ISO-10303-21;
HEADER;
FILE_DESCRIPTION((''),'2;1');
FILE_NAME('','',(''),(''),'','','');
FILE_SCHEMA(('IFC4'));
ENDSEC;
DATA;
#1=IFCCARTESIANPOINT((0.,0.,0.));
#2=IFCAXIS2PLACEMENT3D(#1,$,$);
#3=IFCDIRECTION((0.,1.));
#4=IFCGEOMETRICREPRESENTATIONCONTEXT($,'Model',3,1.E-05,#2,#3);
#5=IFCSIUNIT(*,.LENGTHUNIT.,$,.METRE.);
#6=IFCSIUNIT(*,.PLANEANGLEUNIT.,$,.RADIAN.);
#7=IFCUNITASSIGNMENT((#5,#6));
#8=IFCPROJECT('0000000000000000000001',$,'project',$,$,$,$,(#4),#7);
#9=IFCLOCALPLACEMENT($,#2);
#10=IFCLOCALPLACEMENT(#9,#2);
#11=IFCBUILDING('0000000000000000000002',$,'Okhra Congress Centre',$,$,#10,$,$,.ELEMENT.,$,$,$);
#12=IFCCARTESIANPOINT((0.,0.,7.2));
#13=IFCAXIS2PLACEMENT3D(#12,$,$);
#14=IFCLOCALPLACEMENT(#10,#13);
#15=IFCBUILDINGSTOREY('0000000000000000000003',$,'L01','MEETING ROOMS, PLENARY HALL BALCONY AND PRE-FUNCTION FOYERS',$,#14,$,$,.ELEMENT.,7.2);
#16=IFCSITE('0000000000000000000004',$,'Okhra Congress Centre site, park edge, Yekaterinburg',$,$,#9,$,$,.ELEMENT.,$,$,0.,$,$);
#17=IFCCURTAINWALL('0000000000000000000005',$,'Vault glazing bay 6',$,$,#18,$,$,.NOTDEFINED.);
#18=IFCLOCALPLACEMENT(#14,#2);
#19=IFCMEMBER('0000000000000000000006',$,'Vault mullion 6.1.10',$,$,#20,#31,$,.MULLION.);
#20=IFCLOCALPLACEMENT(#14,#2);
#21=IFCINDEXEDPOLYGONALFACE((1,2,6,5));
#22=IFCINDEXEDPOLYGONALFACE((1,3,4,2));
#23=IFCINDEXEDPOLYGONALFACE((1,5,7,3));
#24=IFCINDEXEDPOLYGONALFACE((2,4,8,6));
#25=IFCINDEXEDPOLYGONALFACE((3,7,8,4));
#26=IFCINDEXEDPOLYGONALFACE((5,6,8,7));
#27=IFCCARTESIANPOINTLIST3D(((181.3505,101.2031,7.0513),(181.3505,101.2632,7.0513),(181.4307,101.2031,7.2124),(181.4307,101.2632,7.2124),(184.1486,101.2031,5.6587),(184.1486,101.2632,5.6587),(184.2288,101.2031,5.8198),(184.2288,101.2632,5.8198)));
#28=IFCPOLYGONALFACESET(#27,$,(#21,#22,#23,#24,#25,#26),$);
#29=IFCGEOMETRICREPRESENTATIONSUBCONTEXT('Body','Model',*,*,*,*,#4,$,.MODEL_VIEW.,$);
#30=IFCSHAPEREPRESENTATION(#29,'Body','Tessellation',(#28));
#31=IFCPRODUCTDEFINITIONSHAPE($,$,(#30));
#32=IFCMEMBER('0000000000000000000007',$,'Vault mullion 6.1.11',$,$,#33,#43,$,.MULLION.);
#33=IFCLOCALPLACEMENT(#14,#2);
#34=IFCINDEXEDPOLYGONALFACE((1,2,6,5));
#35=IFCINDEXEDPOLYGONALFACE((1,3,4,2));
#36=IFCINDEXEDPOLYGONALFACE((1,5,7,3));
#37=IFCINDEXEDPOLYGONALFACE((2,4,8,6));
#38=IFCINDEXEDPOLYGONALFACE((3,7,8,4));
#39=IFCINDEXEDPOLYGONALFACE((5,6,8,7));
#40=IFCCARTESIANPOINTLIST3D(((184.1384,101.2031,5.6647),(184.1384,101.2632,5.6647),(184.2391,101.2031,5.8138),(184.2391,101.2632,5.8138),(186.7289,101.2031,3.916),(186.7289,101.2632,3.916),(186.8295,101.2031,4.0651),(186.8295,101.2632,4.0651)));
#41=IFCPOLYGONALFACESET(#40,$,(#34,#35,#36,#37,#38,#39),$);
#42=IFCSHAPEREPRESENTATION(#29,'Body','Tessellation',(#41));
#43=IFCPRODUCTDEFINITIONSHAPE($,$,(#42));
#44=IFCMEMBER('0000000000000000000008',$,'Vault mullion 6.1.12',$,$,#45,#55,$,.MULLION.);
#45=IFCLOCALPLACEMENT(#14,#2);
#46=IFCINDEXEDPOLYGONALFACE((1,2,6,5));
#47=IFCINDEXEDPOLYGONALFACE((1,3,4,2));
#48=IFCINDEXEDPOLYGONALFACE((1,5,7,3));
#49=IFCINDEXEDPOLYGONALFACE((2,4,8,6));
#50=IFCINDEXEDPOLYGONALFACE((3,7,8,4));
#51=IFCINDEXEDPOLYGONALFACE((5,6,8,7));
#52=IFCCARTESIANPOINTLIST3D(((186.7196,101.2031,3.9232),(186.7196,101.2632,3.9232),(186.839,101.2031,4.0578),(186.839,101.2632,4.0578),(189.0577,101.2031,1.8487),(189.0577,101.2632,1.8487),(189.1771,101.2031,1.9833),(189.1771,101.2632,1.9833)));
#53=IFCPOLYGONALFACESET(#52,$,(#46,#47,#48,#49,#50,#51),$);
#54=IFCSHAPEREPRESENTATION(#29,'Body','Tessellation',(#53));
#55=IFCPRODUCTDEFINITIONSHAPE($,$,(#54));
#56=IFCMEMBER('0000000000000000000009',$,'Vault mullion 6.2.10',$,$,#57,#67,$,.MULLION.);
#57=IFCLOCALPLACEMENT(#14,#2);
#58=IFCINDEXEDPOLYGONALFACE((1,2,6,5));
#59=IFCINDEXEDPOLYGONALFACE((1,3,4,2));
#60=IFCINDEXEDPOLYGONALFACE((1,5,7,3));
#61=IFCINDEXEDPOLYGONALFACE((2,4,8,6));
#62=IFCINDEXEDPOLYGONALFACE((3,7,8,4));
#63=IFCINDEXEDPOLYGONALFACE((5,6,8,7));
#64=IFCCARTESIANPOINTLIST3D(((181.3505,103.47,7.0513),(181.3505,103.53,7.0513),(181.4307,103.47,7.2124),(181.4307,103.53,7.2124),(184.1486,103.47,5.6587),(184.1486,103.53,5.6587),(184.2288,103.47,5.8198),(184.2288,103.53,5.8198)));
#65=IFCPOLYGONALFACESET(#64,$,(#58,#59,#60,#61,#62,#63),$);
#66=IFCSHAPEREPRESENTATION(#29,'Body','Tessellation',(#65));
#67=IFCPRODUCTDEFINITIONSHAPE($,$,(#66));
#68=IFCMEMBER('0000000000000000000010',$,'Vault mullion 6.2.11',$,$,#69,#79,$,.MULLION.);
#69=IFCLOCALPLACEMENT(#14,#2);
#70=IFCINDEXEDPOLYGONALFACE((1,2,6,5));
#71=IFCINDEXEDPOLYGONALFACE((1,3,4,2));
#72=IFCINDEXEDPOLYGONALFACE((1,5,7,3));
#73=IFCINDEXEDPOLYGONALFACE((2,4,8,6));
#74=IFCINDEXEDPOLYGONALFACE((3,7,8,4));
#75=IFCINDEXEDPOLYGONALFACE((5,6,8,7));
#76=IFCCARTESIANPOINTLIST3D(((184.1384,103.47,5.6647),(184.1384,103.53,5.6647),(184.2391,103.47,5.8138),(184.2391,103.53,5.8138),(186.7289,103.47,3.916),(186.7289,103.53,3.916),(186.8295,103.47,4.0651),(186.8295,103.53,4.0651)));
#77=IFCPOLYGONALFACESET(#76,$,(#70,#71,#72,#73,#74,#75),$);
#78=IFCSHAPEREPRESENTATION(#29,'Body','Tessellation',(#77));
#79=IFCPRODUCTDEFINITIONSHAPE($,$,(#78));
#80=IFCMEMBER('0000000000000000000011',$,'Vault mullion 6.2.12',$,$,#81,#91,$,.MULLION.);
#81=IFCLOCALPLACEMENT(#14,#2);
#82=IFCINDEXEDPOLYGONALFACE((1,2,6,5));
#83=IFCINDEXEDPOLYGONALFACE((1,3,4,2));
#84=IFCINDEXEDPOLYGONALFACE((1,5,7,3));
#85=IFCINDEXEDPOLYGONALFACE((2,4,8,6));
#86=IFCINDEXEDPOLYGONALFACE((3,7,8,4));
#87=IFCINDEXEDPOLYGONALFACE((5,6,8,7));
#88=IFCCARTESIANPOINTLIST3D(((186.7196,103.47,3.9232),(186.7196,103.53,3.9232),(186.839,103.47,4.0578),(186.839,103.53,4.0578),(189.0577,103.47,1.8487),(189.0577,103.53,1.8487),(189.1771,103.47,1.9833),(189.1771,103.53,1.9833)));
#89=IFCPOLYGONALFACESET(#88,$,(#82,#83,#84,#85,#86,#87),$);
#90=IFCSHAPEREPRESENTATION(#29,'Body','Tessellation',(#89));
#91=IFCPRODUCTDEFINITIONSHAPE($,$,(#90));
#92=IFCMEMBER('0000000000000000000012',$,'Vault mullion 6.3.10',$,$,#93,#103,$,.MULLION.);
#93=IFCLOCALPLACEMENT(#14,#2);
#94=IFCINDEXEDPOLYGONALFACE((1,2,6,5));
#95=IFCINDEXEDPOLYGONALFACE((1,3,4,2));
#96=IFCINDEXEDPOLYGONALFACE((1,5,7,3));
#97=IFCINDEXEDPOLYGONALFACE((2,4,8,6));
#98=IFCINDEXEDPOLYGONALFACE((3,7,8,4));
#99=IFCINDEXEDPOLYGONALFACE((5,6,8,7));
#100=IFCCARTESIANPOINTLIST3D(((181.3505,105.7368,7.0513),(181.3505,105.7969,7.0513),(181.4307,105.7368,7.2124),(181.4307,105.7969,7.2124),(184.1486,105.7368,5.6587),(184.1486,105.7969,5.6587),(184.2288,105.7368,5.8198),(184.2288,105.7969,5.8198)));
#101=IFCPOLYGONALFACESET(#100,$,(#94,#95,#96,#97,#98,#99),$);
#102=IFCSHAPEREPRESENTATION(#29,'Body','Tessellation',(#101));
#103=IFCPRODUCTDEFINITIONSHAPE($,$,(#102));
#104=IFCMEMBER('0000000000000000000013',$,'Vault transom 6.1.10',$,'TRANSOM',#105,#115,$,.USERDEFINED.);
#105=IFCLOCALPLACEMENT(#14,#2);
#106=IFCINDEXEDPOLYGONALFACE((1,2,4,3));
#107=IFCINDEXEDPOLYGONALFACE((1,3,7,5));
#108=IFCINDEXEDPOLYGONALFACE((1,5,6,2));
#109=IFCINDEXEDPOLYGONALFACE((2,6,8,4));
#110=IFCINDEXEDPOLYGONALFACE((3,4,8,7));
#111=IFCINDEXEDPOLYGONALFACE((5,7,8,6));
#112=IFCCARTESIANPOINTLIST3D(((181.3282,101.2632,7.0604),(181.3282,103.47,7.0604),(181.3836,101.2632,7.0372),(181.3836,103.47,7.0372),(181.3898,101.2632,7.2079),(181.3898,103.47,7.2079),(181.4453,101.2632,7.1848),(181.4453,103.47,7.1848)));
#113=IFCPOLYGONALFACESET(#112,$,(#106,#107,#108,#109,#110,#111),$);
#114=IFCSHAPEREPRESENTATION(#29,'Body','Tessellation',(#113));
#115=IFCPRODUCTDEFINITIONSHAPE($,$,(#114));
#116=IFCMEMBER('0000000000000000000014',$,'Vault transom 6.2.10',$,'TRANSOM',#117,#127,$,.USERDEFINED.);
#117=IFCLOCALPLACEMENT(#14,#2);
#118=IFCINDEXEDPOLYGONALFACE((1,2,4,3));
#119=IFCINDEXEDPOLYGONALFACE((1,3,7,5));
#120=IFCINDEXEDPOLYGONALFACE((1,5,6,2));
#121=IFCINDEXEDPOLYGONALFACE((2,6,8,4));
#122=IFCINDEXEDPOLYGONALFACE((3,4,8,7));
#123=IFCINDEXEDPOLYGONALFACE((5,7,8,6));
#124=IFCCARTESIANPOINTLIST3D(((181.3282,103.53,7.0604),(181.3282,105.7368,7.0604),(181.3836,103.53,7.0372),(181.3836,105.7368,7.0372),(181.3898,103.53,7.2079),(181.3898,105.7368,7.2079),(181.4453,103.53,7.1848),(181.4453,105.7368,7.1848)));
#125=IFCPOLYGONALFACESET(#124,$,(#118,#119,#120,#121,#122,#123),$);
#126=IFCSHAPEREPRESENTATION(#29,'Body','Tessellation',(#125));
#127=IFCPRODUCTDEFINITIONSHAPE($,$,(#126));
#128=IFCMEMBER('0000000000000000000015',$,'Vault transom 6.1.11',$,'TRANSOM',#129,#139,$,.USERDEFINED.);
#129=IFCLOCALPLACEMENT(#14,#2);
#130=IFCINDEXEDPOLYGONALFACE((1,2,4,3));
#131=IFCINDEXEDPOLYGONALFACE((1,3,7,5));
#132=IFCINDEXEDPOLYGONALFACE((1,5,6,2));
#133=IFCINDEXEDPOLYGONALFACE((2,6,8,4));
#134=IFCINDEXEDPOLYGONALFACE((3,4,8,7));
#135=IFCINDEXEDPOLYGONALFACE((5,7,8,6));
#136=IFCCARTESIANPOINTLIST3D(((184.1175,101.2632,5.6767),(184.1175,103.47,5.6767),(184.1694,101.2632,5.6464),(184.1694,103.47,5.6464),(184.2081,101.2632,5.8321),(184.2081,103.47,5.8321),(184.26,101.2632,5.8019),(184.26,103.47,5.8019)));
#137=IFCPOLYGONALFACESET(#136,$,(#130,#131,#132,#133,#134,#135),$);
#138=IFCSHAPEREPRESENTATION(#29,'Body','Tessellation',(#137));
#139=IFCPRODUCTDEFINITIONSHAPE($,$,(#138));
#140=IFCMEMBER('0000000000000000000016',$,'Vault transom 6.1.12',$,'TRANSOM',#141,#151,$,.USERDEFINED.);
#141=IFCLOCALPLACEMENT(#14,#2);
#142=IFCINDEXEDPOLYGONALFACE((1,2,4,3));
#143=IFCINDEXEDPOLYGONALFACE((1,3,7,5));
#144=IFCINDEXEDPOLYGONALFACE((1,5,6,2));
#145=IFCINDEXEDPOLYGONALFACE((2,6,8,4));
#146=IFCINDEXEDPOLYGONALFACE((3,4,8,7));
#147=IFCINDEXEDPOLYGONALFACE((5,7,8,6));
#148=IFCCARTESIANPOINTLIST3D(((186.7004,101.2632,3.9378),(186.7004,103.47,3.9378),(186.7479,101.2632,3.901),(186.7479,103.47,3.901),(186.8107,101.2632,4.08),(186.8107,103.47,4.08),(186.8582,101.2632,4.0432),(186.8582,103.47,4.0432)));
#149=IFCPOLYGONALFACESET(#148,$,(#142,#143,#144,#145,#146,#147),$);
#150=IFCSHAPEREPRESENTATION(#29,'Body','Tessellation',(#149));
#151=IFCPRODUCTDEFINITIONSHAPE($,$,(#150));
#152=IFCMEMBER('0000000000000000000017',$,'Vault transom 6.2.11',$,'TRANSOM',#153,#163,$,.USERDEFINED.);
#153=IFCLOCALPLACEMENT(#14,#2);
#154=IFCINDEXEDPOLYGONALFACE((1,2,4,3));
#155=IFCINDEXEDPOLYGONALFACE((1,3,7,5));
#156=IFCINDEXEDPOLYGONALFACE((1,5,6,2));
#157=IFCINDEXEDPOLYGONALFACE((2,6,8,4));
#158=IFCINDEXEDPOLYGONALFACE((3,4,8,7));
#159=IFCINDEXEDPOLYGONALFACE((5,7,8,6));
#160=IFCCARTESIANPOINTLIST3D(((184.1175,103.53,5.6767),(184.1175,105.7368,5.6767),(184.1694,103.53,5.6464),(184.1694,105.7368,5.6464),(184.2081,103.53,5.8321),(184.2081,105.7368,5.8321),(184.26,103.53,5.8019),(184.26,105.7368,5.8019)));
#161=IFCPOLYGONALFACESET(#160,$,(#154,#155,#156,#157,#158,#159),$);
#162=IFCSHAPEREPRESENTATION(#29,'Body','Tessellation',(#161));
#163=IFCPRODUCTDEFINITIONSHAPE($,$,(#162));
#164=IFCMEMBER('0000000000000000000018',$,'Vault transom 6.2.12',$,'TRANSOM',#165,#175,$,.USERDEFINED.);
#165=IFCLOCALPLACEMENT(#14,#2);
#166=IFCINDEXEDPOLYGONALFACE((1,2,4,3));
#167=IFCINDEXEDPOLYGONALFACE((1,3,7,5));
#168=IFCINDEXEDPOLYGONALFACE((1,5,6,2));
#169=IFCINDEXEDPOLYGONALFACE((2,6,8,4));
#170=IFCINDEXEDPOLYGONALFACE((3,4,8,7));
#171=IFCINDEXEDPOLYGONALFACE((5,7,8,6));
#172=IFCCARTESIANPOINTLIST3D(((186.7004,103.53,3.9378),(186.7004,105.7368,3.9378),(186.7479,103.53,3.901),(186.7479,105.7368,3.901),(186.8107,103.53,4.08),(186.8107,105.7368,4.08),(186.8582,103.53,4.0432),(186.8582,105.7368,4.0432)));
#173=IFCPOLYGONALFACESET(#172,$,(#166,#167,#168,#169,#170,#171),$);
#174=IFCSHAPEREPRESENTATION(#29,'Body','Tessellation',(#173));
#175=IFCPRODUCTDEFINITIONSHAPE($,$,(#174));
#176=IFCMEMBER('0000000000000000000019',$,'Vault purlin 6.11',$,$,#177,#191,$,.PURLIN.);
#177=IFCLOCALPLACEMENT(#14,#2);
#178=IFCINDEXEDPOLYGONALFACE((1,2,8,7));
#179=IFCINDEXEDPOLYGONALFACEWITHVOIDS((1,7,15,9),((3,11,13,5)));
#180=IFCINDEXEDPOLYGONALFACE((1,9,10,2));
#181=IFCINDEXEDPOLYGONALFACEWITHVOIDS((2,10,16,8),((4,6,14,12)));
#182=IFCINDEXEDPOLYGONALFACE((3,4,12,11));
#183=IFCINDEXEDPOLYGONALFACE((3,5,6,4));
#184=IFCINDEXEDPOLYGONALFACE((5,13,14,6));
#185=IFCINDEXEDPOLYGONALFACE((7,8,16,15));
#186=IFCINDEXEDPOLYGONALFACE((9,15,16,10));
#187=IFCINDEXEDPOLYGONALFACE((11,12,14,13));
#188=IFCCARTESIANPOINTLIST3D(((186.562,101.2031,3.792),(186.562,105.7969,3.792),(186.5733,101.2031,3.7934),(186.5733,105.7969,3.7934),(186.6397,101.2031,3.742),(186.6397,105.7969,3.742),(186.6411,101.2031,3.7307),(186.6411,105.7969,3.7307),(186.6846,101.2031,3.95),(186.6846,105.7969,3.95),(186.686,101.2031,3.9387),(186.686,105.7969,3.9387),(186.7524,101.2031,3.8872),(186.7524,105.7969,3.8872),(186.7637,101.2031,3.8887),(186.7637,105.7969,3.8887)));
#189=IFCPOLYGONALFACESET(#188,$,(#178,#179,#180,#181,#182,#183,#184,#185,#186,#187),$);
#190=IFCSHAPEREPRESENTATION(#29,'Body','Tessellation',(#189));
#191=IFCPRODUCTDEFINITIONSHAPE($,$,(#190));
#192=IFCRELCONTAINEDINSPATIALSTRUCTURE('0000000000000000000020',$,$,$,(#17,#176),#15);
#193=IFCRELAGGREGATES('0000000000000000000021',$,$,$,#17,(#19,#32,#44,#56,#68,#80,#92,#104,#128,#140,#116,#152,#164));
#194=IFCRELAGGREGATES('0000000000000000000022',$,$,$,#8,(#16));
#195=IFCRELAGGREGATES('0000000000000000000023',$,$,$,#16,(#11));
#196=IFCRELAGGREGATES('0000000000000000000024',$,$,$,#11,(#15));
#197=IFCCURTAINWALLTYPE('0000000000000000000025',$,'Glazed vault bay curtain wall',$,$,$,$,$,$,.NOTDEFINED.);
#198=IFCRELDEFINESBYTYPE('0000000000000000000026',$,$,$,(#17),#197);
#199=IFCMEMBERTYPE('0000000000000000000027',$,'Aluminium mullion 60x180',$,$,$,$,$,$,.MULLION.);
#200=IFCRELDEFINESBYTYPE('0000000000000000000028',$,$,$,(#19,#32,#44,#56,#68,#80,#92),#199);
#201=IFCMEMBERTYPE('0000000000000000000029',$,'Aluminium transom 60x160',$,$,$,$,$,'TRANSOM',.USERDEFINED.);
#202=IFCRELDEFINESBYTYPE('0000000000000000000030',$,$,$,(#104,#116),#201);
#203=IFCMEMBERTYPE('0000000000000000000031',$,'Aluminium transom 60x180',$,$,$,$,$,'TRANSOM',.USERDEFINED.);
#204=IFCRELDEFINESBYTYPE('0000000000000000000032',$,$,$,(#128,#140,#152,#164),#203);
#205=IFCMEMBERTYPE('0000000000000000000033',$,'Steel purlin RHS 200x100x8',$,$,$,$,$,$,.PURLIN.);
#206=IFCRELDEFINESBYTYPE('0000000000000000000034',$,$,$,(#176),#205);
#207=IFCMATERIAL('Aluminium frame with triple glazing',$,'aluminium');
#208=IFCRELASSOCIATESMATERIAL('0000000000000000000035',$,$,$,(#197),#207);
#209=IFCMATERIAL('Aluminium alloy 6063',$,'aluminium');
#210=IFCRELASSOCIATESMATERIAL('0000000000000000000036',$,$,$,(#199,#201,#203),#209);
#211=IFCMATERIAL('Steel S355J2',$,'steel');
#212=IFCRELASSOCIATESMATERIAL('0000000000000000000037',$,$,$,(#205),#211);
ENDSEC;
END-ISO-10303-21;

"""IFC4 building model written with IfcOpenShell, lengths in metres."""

from ifc_helpers import new_model, si_unit, direction, frame, origin, origin_2d, place, context, subcontext, project, spatial, rectangle, hollow_rectangle, extrude, material, material_profile, profile_set, type_object, element, aggregate, save


model = new_model("IFC4")

# Units and contexts
model_context = context("Model", 3, precision=1e-05, world=origin(), true_north=direction((0.0, 1.0)))
body_context = subcontext(model_context, "Body", "Model", "MODEL_VIEW")
ifc_project = project(units=[si_unit("LENGTHUNIT", "METRE"), si_unit("PLANEANGLEUNIT", "RADIAN")], contexts=[model_context])

# Site, building, storey
site_placement = place(None, origin())
site = spatial("IfcSite", under=ifc_project, at=site_placement, Name="Okhra Congress Centre site, park edge, Yekaterinburg", CompositionType="ELEMENT", RefElevation=0.0)
building_placement = place(site_placement, origin())
building = spatial("IfcBuilding", under=site, at=building_placement, Name="Okhra Congress Centre", CompositionType="ELEMENT")
storey_placement = place(building_placement, frame((0.0, 0.0, 7.2)))
storey = spatial("IfcBuildingStorey", under=building, at=storey_placement, Name="L01", Description="MEETING ROOMS, PLENARY HALL BALCONY AND PRE-FUNCTION FOYERS", CompositionType="ELEMENT", Elevation=7.2)

# Curtain wall, members
ifc_material_1 = material(Name="Aluminium frame with triple glazing", Category="aluminium")
curtain_wall_type = type_object("IfcCurtainWallType", Name="Glazed vault bay curtain wall", PredefinedType="NOTDEFINED", material=ifc_material_1)
curtain_wall_placement = place(storey_placement, origin())
curtain_wall = element("IfcCurtainWall", 1, at=curtain_wall_placement, inside=storey, type_object=curtain_wall_type, Name="Vault glazing bay 6", PredefinedType="NOTDEFINED")
ifc_material_2 = material(Name="Aluminium alloy 6063", Category="aluminium")
ifc_material_profile_1 = material_profile(ifc_material_2, rectangle(XDim=0.0601, YDim=0.1799, at=origin_2d()), Name="AL 60x180")
ifc_profile_set_1 = profile_set([ifc_material_profile_1], Name="Aluminium alloy 6063")
member_type_1 = type_object("IfcMemberType", Name="Aluminium mullion 60x180", PredefinedType="MULLION", material=ifc_profile_set_1)
member_1_placement = place(storey_placement, frame((181.3906, 101.2332, 7.1318), z_axis=(0.895254, 0.0, -0.445557), x_axis=(0.0, 1.0, 0.0)))
member_1 = element("IfcMember", 2, at=member_1_placement, type_object=member_type_1, Name="Vault mullion 6.1.10", PredefinedType="MULLION", context=body_context, shape_type="SweptSolid", body=[
    extrude(rectangle(XDim=0.0601, YDim=0.1799, at=origin_2d()), origin(), (0.0, 0.0, 1.0), 3.1255),
])
member_2_placement = place(storey_placement, frame((184.1887, 101.2332, 5.7393), z_axis=(0.828828, 0.0, -0.559504), x_axis=(0.0, 1.0, 0.0)))
member_2 = element("IfcMember", 3, at=member_2_placement, type_object=member_type_1, Name="Vault mullion 6.1.11", PredefinedType="MULLION", context=body_context, shape_type="SweptSolid", body=[
    extrude(rectangle(XDim=0.0601, YDim=0.1799, at=origin_2d()), origin(), (0.0, 0.0, 1.0), 3.1255),
])
member_3_placement = place(storey_placement, frame((186.7793, 101.2332, 3.9905), z_axis=(0.748025, 0.0, -0.66367), x_axis=(0.0, 1.0, 0.0)))
member_3 = element("IfcMember", 4, at=member_3_placement, type_object=member_type_1, Name="Vault mullion 6.1.12", PredefinedType="MULLION", context=body_context, shape_type="SweptSolid", body=[
    extrude(rectangle(XDim=0.0601, YDim=0.1799, at=origin_2d()), origin(), (0.0, 0.0, 1.0), 3.1257),
])
member_4_placement = place(storey_placement, frame((181.3906, 103.5, 7.1318), z_axis=(0.895254, 0.0, -0.445557), x_axis=(0.0, 1.0, 0.0)))
member_4 = element("IfcMember", 5, at=member_4_placement, type_object=member_type_1, Name="Vault mullion 6.2.10", PredefinedType="MULLION", context=body_context, shape_type="SweptSolid", body=[
    extrude(rectangle(XDim=0.0601, YDim=0.1799, at=origin_2d()), origin(), (0.0, 0.0, 1.0), 3.1255),
])
member_5_placement = place(storey_placement, frame((184.1887, 103.5, 5.7393), z_axis=(0.828828, 0.0, -0.559504), x_axis=(0.0, 1.0, 0.0)))
member_5 = element("IfcMember", 6, at=member_5_placement, type_object=member_type_1, Name="Vault mullion 6.2.11", PredefinedType="MULLION", context=body_context, shape_type="SweptSolid", body=[
    extrude(rectangle(XDim=0.0601, YDim=0.1799, at=origin_2d()), origin(), (0.0, 0.0, 1.0), 3.1255),
])
member_6_placement = place(storey_placement, frame((186.7793, 103.5, 3.9905), z_axis=(0.748025, 0.0, -0.66367), x_axis=(0.0, 1.0, 0.0)))
member_6 = element("IfcMember", 7, at=member_6_placement, type_object=member_type_1, Name="Vault mullion 6.2.12", PredefinedType="MULLION", context=body_context, shape_type="SweptSolid", body=[
    extrude(rectangle(XDim=0.0601, YDim=0.1799, at=origin_2d()), origin(), (0.0, 0.0, 1.0), 3.1257),
])
member_7_placement = place(storey_placement, frame((181.3906, 105.7668, 7.1318), z_axis=(0.895254, 0.0, -0.445557), x_axis=(0.0, 1.0, 0.0)))
member_7 = element("IfcMember", 8, at=member_7_placement, type_object=member_type_1, Name="Vault mullion 6.3.10", PredefinedType="MULLION", context=body_context, shape_type="SweptSolid", body=[
    extrude(rectangle(XDim=0.0601, YDim=0.1799, at=origin_2d()), origin(), (0.0, 0.0, 1.0), 3.1255),
])
ifc_material_profile_2 = material_profile(ifc_material_2, rectangle(XDim=0.0601, YDim=0.1599, at=origin_2d()), Name="AL 60x160 transom")
ifc_profile_set_2 = profile_set([ifc_material_profile_2], Name="Aluminium alloy 6063")
member_type_2 = type_object("IfcMemberType", Name="Aluminium transom 60x160", ElementType="TRANSOM", PredefinedType="USERDEFINED", material=ifc_profile_set_2)
member_8_placement = place(storey_placement, frame((181.3867, 101.2632, 7.1226), z_axis=(0.0, 1.0, 0.0), x_axis=(-0.922669, 0.0, 0.385593)))
member_8 = element("IfcMember", 9, at=member_8_placement, type_object=member_type_2, Name="Vault transom 6.1.10", ObjectType="TRANSOM", PredefinedType="USERDEFINED", context=body_context, shape_type="SweptSolid", body=[
    extrude(rectangle(XDim=0.0601, YDim=0.1599, at=origin_2d()), origin(), (0.0, 0.0, 1.0), 2.2068),
])
member_9_placement = place(storey_placement, frame((181.3867, 103.53, 7.1226), z_axis=(0.0, 1.0, 0.0), x_axis=(-0.922669, 0.0, 0.385593)))
member_9 = element("IfcMember", 10, at=member_9_placement, type_object=member_type_2, Name="Vault transom 6.2.10", ObjectType="TRANSOM", PredefinedType="USERDEFINED", context=body_context, shape_type="SweptSolid", body=[
    extrude(rectangle(XDim=0.0601, YDim=0.1599, at=origin_2d()), origin(), (0.0, 0.0, 1.0), 2.2068),
])
ifc_material_profile_3 = material_profile(ifc_material_2, rectangle(XDim=0.0601, YDim=0.1799, at=origin_2d()), Name="AL 60x180 transom")
ifc_profile_set_3 = profile_set([ifc_material_profile_3], Name="Aluminium alloy 6063")
member_type_3 = type_object("IfcMemberType", Name="Aluminium transom 60x180", ElementType="TRANSOM", PredefinedType="USERDEFINED", material=ifc_profile_set_3)
member_10_placement = place(storey_placement, frame((184.1887, 101.2632, 5.7393), z_axis=(0.0, 1.0, 0.0), x_axis=(-0.863917, 0.0, 0.503634)))
member_10 = element("IfcMember", 11, at=member_10_placement, type_object=member_type_3, Name="Vault transom 6.1.11", ObjectType="TRANSOM", PredefinedType="USERDEFINED", context=body_context, shape_type="SweptSolid", body=[
    extrude(rectangle(XDim=0.0601, YDim=0.1799, at=origin_2d()), origin(), (0.0, 0.0, 1.0), 2.2068),
])
member_11_placement = place(storey_placement, frame((186.7793, 101.2632, 3.9905), z_axis=(0.0, 1.0, 0.0), x_axis=(-0.790145, 0.0, 0.61292)))
member_11 = element("IfcMember", 12, at=member_11_placement, type_object=member_type_3, Name="Vault transom 6.1.12", ObjectType="TRANSOM", PredefinedType="USERDEFINED", context=body_context, shape_type="SweptSolid", body=[
    extrude(rectangle(XDim=0.0601, YDim=0.1799, at=origin_2d()), origin(), (0.0, 0.0, 1.0), 2.2068),
])
member_12_placement = place(storey_placement, frame((184.1887, 103.53, 5.7393), z_axis=(0.0, 1.0, 0.0), x_axis=(-0.863917, 0.0, 0.503634)))
member_12 = element("IfcMember", 13, at=member_12_placement, type_object=member_type_3, Name="Vault transom 6.2.11", ObjectType="TRANSOM", PredefinedType="USERDEFINED", context=body_context, shape_type="SweptSolid", body=[
    extrude(rectangle(XDim=0.0601, YDim=0.1799, at=origin_2d()), origin(), (0.0, 0.0, 1.0), 2.2068),
])
member_13_placement = place(storey_placement, frame((186.7793, 103.53, 3.9905), z_axis=(0.0, 1.0, 0.0), x_axis=(-0.790145, 0.0, 0.61292)))
member_13 = element("IfcMember", 14, at=member_13_placement, type_object=member_type_3, Name="Vault transom 6.2.12", ObjectType="TRANSOM", PredefinedType="USERDEFINED", context=body_context, shape_type="SweptSolid", body=[
    extrude(rectangle(XDim=0.0601, YDim=0.1799, at=origin_2d()), origin(), (0.0, 0.0, 1.0), 2.2068),
])

# Member
ifc_material_3 = material(Name="Steel S355J2", Category="steel")
ifc_material_profile_4 = material_profile(ifc_material_3, hollow_rectangle(XDim=0.1001, YDim=0.2, WallThickness=0.0081, at=origin_2d()), Name="RHS 200x100x8")
ifc_profile_set_4 = profile_set([ifc_material_profile_4], Name="Steel S355J2")
member_type_4 = type_object("IfcMemberType", Name="Steel purlin RHS 200x100x8", PredefinedType="PURLIN", material=ifc_profile_set_4)
member_14_placement = place(storey_placement, frame((186.6628, 101.2031, 3.8403), z_axis=(0.0, 1.0, 0.0), x_axis=(-0.790145, 0.0, 0.61292)))
element("IfcMember", 15, at=member_14_placement, inside=storey, type_object=member_type_4, Name="Vault purlin 6.11", PredefinedType="PURLIN", context=body_context, shape_type="SweptSolid", body=[
    extrude(hollow_rectangle(XDim=0.1001, YDim=0.2, WallThickness=0.0081, at=origin_2d()), origin(), (0.0, 0.0, 1.0), 4.5938),
])

aggregate(curtain_wall, [member_1, member_2, member_3, member_4, member_5, member_6, member_7, member_8, member_10, member_11, member_9, member_12, member_13])

save(model, "model.ifc")
